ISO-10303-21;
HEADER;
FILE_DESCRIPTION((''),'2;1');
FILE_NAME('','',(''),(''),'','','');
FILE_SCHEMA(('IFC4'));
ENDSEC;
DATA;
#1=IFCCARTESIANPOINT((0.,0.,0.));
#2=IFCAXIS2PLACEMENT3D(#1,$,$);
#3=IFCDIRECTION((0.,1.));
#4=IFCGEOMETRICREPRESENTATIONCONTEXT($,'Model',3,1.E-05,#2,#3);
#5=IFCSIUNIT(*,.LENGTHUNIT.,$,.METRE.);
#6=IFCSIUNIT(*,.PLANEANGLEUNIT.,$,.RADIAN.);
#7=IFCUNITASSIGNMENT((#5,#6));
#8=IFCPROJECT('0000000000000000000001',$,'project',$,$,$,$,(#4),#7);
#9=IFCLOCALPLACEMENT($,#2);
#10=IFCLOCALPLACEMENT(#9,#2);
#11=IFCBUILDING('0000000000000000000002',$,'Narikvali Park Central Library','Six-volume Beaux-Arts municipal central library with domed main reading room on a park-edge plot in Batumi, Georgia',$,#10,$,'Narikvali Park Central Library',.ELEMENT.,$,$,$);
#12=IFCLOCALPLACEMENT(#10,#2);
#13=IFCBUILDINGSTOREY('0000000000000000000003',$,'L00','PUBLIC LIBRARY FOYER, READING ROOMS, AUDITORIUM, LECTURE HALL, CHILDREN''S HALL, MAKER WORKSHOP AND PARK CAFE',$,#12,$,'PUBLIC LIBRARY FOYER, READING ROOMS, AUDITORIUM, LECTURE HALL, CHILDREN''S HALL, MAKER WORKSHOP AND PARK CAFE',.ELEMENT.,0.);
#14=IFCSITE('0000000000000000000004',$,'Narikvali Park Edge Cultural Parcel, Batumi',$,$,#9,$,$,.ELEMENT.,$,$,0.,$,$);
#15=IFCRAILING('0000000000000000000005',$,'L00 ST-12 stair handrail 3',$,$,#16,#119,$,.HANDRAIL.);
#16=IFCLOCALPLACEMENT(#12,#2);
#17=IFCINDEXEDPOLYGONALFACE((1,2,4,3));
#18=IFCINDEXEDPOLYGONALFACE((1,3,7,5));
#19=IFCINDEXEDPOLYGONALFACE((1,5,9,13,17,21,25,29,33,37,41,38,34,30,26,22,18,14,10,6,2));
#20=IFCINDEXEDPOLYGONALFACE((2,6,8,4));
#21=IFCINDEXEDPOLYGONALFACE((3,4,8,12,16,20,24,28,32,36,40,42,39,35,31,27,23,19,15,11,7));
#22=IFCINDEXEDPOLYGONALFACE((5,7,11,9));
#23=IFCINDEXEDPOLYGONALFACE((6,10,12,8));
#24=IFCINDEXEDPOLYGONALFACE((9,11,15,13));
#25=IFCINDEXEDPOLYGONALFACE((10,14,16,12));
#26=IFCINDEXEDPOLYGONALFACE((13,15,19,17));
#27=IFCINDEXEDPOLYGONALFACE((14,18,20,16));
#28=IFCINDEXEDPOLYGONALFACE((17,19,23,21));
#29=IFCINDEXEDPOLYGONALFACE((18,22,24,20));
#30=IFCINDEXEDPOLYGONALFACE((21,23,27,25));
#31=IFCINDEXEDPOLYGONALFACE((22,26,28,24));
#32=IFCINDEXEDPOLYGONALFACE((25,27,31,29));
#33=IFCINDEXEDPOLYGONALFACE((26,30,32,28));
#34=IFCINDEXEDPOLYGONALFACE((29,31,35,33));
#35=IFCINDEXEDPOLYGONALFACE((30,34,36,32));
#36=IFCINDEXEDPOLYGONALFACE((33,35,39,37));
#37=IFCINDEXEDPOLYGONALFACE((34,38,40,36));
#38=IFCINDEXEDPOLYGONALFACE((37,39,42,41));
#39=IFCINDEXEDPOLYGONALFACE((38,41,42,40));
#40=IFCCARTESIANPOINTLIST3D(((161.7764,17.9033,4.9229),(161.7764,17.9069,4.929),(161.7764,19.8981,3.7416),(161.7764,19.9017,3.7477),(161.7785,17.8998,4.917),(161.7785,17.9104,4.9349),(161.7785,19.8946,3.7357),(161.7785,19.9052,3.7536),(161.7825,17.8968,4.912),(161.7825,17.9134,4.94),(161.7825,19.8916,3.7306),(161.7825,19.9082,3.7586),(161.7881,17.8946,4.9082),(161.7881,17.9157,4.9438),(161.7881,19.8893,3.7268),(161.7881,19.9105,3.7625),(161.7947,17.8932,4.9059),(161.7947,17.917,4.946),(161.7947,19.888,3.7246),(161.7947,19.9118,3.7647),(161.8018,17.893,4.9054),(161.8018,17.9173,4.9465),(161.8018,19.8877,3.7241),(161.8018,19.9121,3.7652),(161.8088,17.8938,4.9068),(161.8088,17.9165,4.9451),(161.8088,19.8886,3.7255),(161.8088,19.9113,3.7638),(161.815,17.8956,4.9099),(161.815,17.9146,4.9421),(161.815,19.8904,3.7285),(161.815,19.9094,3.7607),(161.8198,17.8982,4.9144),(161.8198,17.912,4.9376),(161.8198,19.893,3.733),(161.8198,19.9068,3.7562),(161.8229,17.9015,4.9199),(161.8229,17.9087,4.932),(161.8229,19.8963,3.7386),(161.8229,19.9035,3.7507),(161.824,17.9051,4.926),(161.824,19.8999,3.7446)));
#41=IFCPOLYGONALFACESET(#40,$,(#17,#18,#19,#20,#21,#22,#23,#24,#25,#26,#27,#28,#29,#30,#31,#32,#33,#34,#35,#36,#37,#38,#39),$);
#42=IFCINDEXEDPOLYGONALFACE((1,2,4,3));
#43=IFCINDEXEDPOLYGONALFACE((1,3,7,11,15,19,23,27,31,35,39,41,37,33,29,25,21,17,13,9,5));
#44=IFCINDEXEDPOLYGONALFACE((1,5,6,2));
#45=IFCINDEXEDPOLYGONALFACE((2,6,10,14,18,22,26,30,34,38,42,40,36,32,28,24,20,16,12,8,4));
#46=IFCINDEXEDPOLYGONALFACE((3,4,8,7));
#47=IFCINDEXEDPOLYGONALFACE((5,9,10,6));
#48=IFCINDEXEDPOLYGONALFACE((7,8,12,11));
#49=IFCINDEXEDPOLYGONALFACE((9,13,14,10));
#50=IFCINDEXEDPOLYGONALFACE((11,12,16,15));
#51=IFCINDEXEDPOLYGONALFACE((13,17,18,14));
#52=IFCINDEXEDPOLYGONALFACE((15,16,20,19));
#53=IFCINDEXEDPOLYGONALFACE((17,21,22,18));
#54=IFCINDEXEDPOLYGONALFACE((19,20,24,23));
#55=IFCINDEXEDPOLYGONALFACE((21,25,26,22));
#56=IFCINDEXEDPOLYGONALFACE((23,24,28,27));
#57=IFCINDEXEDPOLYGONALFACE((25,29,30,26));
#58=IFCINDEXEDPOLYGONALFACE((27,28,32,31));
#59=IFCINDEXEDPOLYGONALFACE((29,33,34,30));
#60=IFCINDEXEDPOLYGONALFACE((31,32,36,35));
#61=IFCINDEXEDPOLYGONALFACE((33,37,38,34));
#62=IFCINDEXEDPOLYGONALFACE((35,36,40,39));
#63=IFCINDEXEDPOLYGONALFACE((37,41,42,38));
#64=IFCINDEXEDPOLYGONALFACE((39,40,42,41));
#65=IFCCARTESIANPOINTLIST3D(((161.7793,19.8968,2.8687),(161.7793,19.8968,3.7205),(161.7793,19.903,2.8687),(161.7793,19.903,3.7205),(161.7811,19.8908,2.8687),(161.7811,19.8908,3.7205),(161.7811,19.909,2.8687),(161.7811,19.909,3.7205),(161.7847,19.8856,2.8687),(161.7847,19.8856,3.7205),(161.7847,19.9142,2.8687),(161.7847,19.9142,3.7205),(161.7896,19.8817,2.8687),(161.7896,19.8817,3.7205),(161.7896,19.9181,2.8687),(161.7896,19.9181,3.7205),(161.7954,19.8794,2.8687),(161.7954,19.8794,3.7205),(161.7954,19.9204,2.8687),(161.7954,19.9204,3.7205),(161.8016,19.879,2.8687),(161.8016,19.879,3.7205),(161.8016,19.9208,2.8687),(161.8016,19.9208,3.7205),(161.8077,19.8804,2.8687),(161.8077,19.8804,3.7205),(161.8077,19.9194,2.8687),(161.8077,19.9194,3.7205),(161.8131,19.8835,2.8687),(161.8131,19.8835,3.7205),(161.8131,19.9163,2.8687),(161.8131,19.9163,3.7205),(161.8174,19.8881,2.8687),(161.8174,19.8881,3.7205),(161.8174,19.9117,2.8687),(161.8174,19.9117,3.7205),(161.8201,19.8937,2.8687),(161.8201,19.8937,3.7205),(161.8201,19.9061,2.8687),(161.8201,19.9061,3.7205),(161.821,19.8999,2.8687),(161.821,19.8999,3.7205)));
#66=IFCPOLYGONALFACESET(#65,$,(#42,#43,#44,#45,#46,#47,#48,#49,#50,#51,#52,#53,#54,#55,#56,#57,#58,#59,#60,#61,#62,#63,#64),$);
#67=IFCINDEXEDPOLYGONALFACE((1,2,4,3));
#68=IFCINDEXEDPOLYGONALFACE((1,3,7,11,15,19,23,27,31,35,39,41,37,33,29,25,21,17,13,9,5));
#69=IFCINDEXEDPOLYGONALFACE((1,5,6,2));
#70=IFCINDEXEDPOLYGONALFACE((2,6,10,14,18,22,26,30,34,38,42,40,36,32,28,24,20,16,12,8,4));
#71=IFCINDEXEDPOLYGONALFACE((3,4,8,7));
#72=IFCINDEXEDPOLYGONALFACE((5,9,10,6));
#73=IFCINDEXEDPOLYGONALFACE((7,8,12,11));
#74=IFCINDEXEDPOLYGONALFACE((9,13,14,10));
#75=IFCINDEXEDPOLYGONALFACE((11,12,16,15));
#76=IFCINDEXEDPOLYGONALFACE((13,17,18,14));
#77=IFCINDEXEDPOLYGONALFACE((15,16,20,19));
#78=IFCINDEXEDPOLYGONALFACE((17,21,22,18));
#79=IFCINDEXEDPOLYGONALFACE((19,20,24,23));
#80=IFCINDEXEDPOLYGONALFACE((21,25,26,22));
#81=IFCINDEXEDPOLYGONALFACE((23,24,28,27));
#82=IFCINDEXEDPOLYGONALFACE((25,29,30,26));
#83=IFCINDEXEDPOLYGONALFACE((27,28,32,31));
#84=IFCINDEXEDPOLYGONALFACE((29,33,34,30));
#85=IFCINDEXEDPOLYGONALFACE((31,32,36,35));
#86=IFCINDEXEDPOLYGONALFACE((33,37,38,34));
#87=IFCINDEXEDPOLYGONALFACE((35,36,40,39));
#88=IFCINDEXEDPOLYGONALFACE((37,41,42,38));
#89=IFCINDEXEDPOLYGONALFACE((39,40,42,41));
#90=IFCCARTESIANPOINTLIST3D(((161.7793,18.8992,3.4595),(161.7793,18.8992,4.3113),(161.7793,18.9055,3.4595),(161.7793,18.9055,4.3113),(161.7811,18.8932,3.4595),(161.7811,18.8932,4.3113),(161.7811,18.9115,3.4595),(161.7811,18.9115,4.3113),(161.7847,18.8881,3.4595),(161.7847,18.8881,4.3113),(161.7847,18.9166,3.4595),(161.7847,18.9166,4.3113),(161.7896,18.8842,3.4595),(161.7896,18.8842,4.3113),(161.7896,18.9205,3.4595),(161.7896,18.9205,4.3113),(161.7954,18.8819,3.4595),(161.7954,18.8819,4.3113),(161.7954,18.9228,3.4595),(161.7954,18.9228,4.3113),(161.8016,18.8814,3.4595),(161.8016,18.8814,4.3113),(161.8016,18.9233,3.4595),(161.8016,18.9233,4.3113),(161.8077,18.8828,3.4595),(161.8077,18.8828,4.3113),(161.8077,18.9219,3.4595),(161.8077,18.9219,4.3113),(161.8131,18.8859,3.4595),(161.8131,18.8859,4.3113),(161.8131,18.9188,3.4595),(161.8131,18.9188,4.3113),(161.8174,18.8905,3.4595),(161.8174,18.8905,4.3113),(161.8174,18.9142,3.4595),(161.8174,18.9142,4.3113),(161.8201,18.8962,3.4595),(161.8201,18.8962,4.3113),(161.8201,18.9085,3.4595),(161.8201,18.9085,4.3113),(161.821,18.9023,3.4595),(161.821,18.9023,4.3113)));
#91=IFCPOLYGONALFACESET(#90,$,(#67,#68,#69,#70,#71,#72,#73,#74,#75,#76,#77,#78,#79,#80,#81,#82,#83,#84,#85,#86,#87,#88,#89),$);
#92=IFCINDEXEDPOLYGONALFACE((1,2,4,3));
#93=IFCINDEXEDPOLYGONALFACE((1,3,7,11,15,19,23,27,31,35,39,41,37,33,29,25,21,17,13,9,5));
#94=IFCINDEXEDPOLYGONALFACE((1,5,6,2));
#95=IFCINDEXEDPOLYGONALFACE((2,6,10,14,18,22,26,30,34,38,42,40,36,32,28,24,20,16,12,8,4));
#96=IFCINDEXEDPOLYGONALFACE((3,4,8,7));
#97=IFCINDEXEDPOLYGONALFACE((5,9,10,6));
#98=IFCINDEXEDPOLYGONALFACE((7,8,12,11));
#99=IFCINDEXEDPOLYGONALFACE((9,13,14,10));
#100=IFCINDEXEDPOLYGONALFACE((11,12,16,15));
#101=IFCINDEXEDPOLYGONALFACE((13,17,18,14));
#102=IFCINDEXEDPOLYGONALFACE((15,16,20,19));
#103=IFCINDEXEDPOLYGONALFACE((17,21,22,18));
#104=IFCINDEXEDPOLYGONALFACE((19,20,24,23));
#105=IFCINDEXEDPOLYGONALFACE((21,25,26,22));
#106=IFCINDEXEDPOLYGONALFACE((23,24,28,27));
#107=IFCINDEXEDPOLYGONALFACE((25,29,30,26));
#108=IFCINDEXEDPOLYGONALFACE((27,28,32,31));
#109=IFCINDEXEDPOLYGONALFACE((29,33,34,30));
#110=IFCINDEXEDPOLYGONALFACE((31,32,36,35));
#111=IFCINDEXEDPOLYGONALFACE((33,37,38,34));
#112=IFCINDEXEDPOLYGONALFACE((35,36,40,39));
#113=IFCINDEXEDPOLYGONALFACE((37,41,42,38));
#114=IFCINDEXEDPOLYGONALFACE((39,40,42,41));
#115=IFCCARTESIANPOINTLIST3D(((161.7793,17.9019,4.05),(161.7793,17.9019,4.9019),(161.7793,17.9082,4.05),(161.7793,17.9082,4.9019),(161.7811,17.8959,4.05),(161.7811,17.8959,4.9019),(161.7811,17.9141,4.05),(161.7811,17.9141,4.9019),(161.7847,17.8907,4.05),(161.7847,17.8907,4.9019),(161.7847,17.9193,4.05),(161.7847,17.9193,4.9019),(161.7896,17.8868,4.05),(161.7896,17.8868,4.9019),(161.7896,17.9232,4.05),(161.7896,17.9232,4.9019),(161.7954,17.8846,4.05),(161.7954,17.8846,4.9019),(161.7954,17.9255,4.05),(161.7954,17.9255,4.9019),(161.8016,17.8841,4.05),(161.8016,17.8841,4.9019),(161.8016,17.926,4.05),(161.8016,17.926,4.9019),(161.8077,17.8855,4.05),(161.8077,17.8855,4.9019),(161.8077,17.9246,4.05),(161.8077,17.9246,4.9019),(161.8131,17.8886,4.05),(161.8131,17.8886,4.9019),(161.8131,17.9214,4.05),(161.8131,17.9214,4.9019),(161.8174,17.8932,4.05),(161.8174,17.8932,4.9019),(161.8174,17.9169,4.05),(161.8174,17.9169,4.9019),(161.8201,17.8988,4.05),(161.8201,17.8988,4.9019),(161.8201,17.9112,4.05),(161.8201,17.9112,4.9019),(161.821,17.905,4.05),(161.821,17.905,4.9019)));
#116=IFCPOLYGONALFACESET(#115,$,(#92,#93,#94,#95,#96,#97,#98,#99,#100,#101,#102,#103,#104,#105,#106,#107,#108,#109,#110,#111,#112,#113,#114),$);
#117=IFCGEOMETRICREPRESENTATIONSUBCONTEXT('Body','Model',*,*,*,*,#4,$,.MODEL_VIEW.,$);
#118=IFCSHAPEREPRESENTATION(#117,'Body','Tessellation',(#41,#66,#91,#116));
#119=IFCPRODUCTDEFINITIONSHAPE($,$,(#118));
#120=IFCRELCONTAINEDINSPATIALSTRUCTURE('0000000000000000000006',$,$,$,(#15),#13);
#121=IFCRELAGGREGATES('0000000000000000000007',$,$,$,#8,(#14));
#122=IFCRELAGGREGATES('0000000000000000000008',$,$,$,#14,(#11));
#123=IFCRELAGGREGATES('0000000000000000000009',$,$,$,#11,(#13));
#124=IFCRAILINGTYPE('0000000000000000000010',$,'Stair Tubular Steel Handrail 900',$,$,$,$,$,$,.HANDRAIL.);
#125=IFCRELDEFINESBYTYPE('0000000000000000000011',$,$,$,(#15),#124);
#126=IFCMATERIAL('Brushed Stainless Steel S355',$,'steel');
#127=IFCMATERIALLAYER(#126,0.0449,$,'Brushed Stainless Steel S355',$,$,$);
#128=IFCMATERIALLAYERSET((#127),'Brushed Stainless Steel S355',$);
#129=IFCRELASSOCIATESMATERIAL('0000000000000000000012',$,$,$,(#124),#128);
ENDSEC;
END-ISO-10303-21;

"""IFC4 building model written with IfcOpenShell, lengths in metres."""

from ifc_helpers import new_model, si_unit, direction, frame, origin, origin_2d, place, context, subcontext, project, spatial, circle, extrude, material, layer, layer_set, type_object, element, save


model = new_model("IFC4")

# Units and contexts
model_context = context("Model", 3, precision=1e-05, world=origin(), true_north=direction((0.0, 1.0)))
body_context = subcontext(model_context, "Body", "Model", "MODEL_VIEW")
ifc_project = project(units=[si_unit("LENGTHUNIT", "METRE"), si_unit("PLANEANGLEUNIT", "RADIAN")], contexts=[model_context])

# Site, building, storey
site_placement = place(None, origin())
site = spatial("IfcSite", under=ifc_project, at=site_placement, Name="Narikvali Park Edge Cultural Parcel, Batumi", CompositionType="ELEMENT", RefElevation=0.0)
building_placement = place(site_placement, origin())
building = spatial("IfcBuilding", under=site, at=building_placement, Name="Narikvali Park Central Library", Description="Six-volume Beaux-Arts municipal central library with domed main reading room on a park-edge plot in Batumi, Georgia", LongName="Narikvali Park Central Library", CompositionType="ELEMENT")
storey_placement = place(building_placement, origin())
storey = spatial("IfcBuildingStorey", under=building, at=storey_placement, Name="L00", Description="PUBLIC LIBRARY FOYER, READING ROOMS, AUDITORIUM, LECTURE HALL, CHILDREN'S HALL, MAKER WORKSHOP AND PARK CAFE", LongName="PUBLIC LIBRARY FOYER, READING ROOMS, AUDITORIUM, LECTURE HALL, CHILDREN'S HALL, MAKER WORKSHOP AND PARK CAFE", CompositionType="ELEMENT", Elevation=0.0)

# Railing
ifc_material_1 = material(Name="Brushed Stainless Steel S355", Category="steel")
ifc_layer_1 = layer(ifc_material_1, 0.0449, Name="Brushed Stainless Steel S355")
ifc_layer_set_1 = layer_set([ifc_layer_1], Name="Brushed Stainless Steel S355")
railing_type = type_object("IfcRailingType", Name="Stair Tubular Steel Handrail 900", PredefinedType="HANDRAIL", material=ifc_layer_set_1)
for number, where, name in (
    (1, (161.8, 19.8999, 2.8687), "L00 ST-12 stair handrail 3"),
):
    element("IfcRailing", number, at=place(storey_placement, frame(where)), inside=storey, type_object=railing_type, Name=name, PredefinedType="HANDRAIL", context=body_context, shape_type="SweptSolid", body=[
        extrude(circle(Radius=0.0239, at=origin_2d()), frame((0.0, 0.0, 0.876), z_axis=(0.0, -0.860433, 0.509563), x_axis=(1.0, 0.0, 0.0)), (0.0, 0.0, 1.0), 2.3184),
        extrude(circle(Radius=0.021, at=origin_2d()), origin(), (0.0, 0.0, 1.0), 0.8518),
        extrude(circle(Radius=0.021, at=origin_2d()), frame((0.0, -0.9976, 0.5908)), (0.0, 0.0, 1.0), 0.8518),
        extrude(circle(Radius=0.021, at=origin_2d()), frame((0.0, -1.9949, 1.1814)), (0.0, 0.0, 1.0), 0.8518),
    ])

save(model, "model.ifc")
